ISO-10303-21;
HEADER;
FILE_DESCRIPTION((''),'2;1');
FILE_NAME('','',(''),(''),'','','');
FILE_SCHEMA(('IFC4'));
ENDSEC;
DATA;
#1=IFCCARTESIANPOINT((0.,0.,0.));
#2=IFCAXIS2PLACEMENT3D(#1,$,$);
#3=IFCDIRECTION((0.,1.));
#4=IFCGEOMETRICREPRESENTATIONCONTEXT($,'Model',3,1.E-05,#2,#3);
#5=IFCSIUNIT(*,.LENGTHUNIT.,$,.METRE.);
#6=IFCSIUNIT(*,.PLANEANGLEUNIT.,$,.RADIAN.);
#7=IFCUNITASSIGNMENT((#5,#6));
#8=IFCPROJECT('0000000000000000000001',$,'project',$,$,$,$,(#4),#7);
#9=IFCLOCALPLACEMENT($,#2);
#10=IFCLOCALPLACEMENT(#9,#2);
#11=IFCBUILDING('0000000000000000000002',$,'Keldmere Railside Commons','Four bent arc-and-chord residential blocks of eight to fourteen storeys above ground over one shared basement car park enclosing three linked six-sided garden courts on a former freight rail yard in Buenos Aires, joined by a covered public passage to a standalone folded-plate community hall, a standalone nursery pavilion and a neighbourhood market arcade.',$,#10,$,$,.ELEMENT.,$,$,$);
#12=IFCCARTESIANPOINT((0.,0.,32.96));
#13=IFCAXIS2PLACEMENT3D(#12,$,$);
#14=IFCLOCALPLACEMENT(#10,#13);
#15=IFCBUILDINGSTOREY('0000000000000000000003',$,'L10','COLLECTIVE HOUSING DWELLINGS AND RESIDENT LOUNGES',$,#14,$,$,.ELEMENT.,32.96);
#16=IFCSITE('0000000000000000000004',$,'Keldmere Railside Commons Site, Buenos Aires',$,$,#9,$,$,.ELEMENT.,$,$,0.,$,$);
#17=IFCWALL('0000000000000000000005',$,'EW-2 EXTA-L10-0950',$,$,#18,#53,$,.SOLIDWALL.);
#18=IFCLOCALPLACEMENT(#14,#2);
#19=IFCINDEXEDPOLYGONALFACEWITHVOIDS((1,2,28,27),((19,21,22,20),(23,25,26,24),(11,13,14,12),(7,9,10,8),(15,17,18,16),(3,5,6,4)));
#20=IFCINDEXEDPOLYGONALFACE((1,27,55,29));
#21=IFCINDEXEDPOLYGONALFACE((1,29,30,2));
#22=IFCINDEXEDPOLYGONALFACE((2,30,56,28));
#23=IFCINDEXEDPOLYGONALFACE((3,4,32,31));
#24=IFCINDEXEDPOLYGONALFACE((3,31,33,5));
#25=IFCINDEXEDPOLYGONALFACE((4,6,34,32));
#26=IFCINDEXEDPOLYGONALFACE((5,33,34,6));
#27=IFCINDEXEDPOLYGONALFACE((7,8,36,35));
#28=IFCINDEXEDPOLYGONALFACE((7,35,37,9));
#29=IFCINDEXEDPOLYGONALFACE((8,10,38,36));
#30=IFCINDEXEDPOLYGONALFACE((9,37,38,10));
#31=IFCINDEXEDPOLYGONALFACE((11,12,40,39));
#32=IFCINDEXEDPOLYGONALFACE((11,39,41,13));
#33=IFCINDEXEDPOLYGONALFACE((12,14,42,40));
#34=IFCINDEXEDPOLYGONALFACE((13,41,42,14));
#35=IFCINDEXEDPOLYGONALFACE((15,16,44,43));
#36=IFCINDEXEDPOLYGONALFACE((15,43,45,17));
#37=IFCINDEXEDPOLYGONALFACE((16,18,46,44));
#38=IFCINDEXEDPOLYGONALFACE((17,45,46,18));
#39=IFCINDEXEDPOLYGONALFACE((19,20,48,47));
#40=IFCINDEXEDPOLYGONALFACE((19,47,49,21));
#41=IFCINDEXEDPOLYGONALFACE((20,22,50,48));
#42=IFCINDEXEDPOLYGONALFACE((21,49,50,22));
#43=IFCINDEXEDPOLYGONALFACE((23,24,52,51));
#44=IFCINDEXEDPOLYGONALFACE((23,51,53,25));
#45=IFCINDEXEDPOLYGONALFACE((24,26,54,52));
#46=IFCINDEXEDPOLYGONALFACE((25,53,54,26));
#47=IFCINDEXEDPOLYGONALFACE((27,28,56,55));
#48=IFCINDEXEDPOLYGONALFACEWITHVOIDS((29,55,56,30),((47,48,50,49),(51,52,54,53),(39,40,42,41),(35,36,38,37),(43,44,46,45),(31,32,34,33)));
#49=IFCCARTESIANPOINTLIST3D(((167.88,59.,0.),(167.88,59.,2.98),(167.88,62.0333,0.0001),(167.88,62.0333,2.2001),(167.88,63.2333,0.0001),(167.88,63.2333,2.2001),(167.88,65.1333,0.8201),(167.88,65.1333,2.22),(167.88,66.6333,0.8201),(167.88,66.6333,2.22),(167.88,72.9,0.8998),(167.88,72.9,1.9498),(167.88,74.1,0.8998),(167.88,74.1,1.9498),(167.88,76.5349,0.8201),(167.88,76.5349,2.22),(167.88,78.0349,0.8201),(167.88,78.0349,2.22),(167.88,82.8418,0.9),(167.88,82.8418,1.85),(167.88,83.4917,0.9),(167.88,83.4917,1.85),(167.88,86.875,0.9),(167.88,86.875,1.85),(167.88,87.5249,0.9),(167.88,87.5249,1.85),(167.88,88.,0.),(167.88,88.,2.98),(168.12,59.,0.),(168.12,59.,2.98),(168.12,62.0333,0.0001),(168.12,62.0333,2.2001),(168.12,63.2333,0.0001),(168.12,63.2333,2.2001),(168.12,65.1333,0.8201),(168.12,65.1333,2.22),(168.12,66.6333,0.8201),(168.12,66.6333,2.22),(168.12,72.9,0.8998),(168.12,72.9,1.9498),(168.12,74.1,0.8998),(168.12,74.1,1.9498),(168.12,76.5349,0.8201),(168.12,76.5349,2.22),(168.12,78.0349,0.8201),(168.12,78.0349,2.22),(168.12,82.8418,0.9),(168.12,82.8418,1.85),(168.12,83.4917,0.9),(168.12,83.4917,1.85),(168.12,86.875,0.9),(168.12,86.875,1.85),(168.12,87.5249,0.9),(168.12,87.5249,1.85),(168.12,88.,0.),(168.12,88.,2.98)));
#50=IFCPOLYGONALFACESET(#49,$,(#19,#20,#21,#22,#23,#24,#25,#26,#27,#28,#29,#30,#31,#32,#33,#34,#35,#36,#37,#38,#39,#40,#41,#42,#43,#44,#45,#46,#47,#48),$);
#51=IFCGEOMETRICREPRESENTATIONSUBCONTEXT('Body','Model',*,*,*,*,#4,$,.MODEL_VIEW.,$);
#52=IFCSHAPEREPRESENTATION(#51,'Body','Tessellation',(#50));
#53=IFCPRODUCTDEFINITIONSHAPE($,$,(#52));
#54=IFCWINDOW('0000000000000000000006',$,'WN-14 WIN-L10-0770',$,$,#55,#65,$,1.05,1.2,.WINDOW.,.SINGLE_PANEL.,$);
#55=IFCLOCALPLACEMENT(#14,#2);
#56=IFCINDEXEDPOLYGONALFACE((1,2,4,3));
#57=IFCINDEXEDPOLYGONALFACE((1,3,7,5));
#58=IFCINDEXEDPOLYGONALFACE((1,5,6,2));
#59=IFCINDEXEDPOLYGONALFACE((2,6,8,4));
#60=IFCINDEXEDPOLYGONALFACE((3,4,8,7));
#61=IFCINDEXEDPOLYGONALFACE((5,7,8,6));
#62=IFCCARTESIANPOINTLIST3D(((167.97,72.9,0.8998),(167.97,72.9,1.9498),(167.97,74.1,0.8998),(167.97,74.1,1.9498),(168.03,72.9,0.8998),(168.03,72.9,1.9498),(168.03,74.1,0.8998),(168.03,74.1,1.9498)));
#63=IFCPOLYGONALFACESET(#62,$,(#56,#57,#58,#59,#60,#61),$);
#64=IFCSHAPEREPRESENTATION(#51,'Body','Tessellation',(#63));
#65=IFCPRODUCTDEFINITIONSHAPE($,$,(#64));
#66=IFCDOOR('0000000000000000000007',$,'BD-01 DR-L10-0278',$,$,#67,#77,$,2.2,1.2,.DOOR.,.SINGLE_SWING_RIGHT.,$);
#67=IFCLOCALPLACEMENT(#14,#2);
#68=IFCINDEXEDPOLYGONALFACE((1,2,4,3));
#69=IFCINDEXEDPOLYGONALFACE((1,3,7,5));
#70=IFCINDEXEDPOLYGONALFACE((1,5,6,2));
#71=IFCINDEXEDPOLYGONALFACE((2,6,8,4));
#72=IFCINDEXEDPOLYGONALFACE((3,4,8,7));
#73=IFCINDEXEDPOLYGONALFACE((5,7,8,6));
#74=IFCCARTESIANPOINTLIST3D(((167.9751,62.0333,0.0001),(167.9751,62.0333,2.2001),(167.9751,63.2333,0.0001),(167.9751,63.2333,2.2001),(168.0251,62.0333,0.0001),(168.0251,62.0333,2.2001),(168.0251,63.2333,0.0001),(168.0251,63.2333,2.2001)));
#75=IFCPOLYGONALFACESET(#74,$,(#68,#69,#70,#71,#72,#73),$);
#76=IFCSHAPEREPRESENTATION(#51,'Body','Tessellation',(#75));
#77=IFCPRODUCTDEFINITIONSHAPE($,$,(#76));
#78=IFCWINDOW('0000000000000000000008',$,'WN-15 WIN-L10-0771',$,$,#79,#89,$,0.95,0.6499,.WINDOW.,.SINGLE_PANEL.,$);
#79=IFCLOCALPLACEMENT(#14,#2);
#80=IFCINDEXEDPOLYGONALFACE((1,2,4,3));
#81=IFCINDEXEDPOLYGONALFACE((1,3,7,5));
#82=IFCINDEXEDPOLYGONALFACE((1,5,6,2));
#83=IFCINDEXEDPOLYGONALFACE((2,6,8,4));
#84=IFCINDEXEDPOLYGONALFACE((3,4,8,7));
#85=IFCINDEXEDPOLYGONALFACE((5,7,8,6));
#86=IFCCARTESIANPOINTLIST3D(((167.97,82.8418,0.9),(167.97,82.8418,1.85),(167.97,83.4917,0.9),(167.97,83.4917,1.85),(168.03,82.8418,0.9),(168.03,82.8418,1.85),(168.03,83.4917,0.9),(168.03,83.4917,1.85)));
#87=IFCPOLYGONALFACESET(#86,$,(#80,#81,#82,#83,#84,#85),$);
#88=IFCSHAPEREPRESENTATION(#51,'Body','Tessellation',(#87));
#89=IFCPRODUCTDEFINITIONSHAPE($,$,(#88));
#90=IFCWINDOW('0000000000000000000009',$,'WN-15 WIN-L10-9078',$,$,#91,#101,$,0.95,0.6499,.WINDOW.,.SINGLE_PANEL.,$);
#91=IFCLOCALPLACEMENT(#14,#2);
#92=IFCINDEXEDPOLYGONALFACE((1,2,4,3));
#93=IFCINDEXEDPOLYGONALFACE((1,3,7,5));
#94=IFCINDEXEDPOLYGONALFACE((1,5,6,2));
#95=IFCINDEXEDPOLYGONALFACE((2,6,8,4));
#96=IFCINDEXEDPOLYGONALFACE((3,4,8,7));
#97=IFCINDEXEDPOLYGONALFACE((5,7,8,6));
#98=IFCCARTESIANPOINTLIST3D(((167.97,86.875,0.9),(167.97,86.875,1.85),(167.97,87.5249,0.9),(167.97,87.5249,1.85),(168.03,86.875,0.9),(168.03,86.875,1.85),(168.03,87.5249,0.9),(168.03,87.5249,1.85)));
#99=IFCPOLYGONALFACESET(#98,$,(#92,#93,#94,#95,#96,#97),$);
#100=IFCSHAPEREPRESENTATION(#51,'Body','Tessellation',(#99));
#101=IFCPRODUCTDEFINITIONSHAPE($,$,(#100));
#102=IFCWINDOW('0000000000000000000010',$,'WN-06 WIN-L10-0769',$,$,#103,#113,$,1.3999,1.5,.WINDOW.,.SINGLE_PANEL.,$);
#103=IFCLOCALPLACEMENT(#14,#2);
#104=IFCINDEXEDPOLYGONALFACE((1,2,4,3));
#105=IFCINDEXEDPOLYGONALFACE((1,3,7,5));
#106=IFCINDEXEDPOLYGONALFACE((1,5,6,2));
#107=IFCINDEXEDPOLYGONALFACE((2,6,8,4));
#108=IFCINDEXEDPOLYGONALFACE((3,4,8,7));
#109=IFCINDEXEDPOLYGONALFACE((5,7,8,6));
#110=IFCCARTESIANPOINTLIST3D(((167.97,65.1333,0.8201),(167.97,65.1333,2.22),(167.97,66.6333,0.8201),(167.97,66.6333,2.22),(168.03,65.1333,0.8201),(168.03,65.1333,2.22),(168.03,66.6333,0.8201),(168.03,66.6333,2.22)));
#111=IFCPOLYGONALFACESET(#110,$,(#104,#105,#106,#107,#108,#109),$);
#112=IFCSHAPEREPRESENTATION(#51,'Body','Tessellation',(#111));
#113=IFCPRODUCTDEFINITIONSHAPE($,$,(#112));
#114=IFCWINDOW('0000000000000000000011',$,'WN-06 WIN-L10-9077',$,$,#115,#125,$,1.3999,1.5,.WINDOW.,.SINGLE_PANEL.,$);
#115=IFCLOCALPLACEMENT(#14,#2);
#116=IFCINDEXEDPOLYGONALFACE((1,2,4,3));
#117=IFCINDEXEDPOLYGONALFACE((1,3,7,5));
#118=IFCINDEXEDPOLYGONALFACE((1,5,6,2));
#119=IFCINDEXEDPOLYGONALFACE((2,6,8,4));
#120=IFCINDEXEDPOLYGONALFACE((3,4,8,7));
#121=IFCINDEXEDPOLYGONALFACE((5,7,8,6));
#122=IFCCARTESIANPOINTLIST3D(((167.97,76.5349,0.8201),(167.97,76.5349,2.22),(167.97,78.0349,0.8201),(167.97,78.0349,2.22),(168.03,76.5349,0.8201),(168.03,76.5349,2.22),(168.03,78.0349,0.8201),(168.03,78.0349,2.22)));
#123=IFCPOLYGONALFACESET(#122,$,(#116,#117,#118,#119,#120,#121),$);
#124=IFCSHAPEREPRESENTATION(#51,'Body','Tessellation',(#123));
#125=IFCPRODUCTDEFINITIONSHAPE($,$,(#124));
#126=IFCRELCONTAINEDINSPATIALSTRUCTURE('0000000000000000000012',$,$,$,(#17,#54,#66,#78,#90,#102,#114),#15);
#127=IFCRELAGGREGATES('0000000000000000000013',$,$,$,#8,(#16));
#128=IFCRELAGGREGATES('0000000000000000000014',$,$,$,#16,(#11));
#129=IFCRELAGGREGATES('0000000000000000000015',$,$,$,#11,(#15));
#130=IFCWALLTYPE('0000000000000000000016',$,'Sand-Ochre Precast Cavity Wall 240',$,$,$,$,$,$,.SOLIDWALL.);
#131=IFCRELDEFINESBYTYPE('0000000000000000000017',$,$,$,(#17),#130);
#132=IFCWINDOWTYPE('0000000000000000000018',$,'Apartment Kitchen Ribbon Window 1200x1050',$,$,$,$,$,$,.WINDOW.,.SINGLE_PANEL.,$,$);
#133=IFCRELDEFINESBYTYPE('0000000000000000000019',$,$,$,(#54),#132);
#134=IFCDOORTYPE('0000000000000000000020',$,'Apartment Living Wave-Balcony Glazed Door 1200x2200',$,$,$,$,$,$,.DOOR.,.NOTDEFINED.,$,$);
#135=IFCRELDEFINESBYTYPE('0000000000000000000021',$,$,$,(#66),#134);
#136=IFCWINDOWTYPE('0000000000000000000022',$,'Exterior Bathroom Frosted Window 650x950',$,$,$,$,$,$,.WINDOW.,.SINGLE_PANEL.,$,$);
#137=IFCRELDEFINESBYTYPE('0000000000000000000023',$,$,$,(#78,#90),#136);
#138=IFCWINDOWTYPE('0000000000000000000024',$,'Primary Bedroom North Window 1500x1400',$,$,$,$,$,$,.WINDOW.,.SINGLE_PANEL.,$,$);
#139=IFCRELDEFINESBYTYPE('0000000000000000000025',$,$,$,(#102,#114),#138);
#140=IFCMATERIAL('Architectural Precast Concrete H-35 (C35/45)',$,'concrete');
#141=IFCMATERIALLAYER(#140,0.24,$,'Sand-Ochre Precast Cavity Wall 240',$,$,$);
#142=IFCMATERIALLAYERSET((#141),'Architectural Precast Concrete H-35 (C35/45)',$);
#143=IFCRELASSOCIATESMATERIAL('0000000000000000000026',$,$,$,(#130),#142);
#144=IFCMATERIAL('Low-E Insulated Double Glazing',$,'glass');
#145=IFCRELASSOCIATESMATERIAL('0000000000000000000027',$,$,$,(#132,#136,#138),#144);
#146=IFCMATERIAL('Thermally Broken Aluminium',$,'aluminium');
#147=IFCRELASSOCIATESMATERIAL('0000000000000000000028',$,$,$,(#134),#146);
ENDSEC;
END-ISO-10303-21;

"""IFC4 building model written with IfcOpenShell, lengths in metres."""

from ifc_helpers import new_model, si_unit, direction, frame, frame_2d, origin, place, context, subcontext, project, spatial, rectangle, extrude, material, layer, layer_set, type_object, element, fill, save


model = new_model("IFC4")

# Units and contexts
model_context = context("Model", 3, precision=1e-05, world=origin(), true_north=direction((0.0, 1.0)))
body_context = subcontext(model_context, "Body", "Model", "MODEL_VIEW")
ifc_project = project(units=[si_unit("LENGTHUNIT", "METRE"), si_unit("PLANEANGLEUNIT", "RADIAN")], contexts=[model_context])

# Site, building, storey
site_placement = place(None, origin())
site = spatial("IfcSite", under=ifc_project, at=site_placement, Name="Keldmere Railside Commons Site, Buenos Aires", CompositionType="ELEMENT", RefElevation=0.0)
building_placement = place(site_placement, origin())
building = spatial("IfcBuilding", under=site, at=building_placement, Name="Keldmere Railside Commons", Description="Four bent arc-and-chord residential blocks of eight to fourteen storeys above ground over one shared basement car park enclosing three linked six-sided garden courts on a former freight rail yard in Buenos Aires, joined by a covered public passage to a standalone folded-plate community hall, a standalone nursery pavilion and a neighbourhood market arcade.", CompositionType="ELEMENT")
storey_placement = place(building_placement, frame((0.0, 0.0, 32.96)))
storey = spatial("IfcBuildingStorey", under=building, at=storey_placement, Name="L10", Description="COLLECTIVE HOUSING DWELLINGS AND RESIDENT LOUNGES", CompositionType="ELEMENT", Elevation=32.96)

# Wall, openings, windows, door
ifc_material_1 = material(Name="Architectural Precast Concrete H-35 (C35/45)", Category="concrete")
ifc_layer_1 = layer(ifc_material_1, 0.24, Name="Sand-Ochre Precast Cavity Wall 240")
ifc_layer_set_1 = layer_set([ifc_layer_1], Name="Architectural Precast Concrete H-35 (C35/45)")
wall_type_1 = type_object("IfcWallType", Name="Sand-Ochre Precast Cavity Wall 240", PredefinedType="SOLIDWALL", material=ifc_layer_set_1)
wall_1_placement = place(storey_placement, frame((168.0, 59.0, 0.0), z_axis=(0.0, 0.0, 1.0), x_axis=(0.0, 1.0, 0.0)))
wall_1 = element("IfcWall", 1, at=wall_1_placement, inside=storey, type_object=wall_type_1, Name="EW-2 EXTA-L10-0950", PredefinedType="SOLIDWALL", context=body_context, shape_type="SweptSolid", body=[
    extrude(rectangle(XDim=29.0, YDim=0.24, at=frame_2d((14.5, 0.0))), origin(), (0.0, 0.0, 1.0), 2.98),
])
opening_1_placement = place(wall_1_placement, frame((3.0332, 0.0, 0.0)))
opening_1 = element("IfcOpeningElement", 2, at=opening_1_placement, cuts=wall_1, PredefinedType="OPENING", context=body_context, shape_type="SweptSolid", body=[
    extrude(rectangle(XDim=1.2, YDim=2.2, at=frame_2d((0.6001, 1.1001))), frame((0.0, 0.1299, 0.0), z_axis=(0.0, -1.0, 0.0), x_axis=(1.0, 0.0, 0.0)), (0.0, 0.0, 1.0), 0.26),
])
opening_2_placement = place(wall_1_placement, frame((6.1333, 0.0, 0.8201)))
opening_2 = element("IfcOpeningElement", 3, at=opening_2_placement, cuts=wall_1, PredefinedType="OPENING", context=body_context, shape_type="SweptSolid", body=[
    extrude(rectangle(XDim=1.5, YDim=1.3999, at=frame_2d((0.75, 0.7))), frame((0.0, 0.1299, 0.0), z_axis=(0.0, -1.0, 0.0), x_axis=(1.0, 0.0, 0.0)), (0.0, 0.0, 1.0), 0.26),
])
opening_3_placement = place(wall_1_placement, frame((13.8999, 0.0, 0.8999)))
opening_3 = element("IfcOpeningElement", 4, at=opening_3_placement, cuts=wall_1, PredefinedType="OPENING", context=body_context, shape_type="SweptSolid", body=[
    extrude(rectangle(XDim=1.2, YDim=1.05, at=frame_2d((0.6001, 0.5249))), frame((0.0, 0.1299, 0.0), z_axis=(0.0, -1.0, 0.0), x_axis=(1.0, 0.0, 0.0)), (0.0, 0.0, 1.0), 0.26),
])
opening_4_placement = place(wall_1_placement, frame((23.8418, 0.0, 0.8999)))
opening_4 = element("IfcOpeningElement", 5, at=opening_4_placement, cuts=wall_1, PredefinedType="OPENING", context=body_context, shape_type="SweptSolid", body=[
    extrude(rectangle(XDim=0.6499, YDim=0.95, at=frame_2d((0.325, 0.4751))), frame((0.0, 0.1299, 0.0), z_axis=(0.0, -1.0, 0.0), x_axis=(1.0, 0.0, 0.0)), (0.0, 0.0, 1.0), 0.26),
])
opening_5_placement = place(wall_1_placement, frame((17.5349, 0.0, 0.8201)))
opening_5 = element("IfcOpeningElement", 6, at=opening_5_placement, cuts=wall_1, PredefinedType="OPENING", context=body_context, shape_type="SweptSolid", body=[
    extrude(rectangle(XDim=1.5, YDim=1.3999, at=frame_2d((0.75, 0.7))), frame((0.0, 0.1299, 0.0), z_axis=(0.0, -1.0, 0.0), x_axis=(1.0, 0.0, 0.0)), (0.0, 0.0, 1.0), 0.26),
])
opening_6_placement = place(wall_1_placement, frame((27.875, 0.0, 0.8999)))
opening_6 = element("IfcOpeningElement", 7, at=opening_6_placement, cuts=wall_1, PredefinedType="OPENING", context=body_context, shape_type="SweptSolid", body=[
    extrude(rectangle(XDim=0.6499, YDim=0.95, at=frame_2d((0.325, 0.4751))), frame((0.0, 0.1299, 0.0), z_axis=(0.0, -1.0, 0.0), x_axis=(1.0, 0.0, 0.0)), (0.0, 0.0, 1.0), 0.26),
])
ifc_material_2 = material(Name="Low-E Insulated Double Glazing", Category="glass")
window_type_1 = type_object("IfcWindowType", Name="Apartment Kitchen Ribbon Window 1200x1050", PartitioningType="SINGLE_PANEL", PredefinedType="WINDOW", material=ifc_material_2)
window_1_placement = place(opening_3_placement, origin())
window_1 = element("IfcWindow", 8, at=window_1_placement, inside=storey, type_object=window_type_1, Name="WN-14 WIN-L10-0770", OverallHeight=1.05, OverallWidth=1.2, PartitioningType="SINGLE_PANEL", PredefinedType="WINDOW", context=body_context, shape_type="SweptSolid", body=[
    extrude(rectangle(XDim=1.2, YDim=1.05, at=frame_2d((0.6001, 0.5249))), frame((0.0, 0.03, 0.0), z_axis=(0.0, -1.0, 0.0), x_axis=(1.0, 0.0, 0.0)), (0.0, 0.0, 1.0), 0.0601),
])
fill(opening_3, window_1)
ifc_material_3 = material(Name="Thermally Broken Aluminium", Category="aluminium")
door_type_1 = type_object("IfcDoorType", Name="Apartment Living Wave-Balcony Glazed Door 1200x2200", OperationType="NOTDEFINED", PredefinedType="DOOR", material=ifc_material_3)
door_1_placement = place(opening_1_placement, origin())
door_1 = element("IfcDoor", 9, at=door_1_placement, inside=storey, type_object=door_type_1, Name="BD-01 DR-L10-0278", OperationType="SINGLE_SWING_RIGHT", OverallHeight=2.2, OverallWidth=1.2, PredefinedType="DOOR", context=body_context, shape_type="SweptSolid", body=[
    extrude(rectangle(XDim=1.2, YDim=2.2, at=frame_2d((0.6001, 1.1001))), frame((0.0, 0.0249, 0.0), z_axis=(0.0, -1.0, 0.0), x_axis=(1.0, 0.0, 0.0)), (0.0, 0.0, 1.0), 0.05),
])
fill(opening_1, door_1)
window_type_2 = type_object("IfcWindowType", Name="Exterior Bathroom Frosted Window 650x950", PartitioningType="SINGLE_PANEL", PredefinedType="WINDOW", material=ifc_material_2)
window_2_placement = place(opening_4_placement, origin())
window_2 = element("IfcWindow", 10, at=window_2_placement, inside=storey, type_object=window_type_2, Name="WN-15 WIN-L10-0771", OverallHeight=0.95, OverallWidth=0.6499, PartitioningType="SINGLE_PANEL", PredefinedType="WINDOW", context=body_context, shape_type="SweptSolid", body=[
    extrude(rectangle(XDim=0.6499, YDim=0.95, at=frame_2d((0.325, 0.4751))), frame((0.0, 0.03, 0.0), z_axis=(0.0, -1.0, 0.0), x_axis=(1.0, 0.0, 0.0)), (0.0, 0.0, 1.0), 0.0601),
])
fill(opening_4, window_2)
window_3_placement = place(opening_6_placement, origin())
window_3 = element("IfcWindow", 11, at=window_3_placement, inside=storey, type_object=window_type_2, Name="WN-15 WIN-L10-9078", OverallHeight=0.95, OverallWidth=0.6499, PartitioningType="SINGLE_PANEL", PredefinedType="WINDOW", context=body_context, shape_type="SweptSolid", body=[
    extrude(rectangle(XDim=0.6499, YDim=0.95, at=frame_2d((0.325, 0.4751))), frame((0.0, 0.03, 0.0), z_axis=(0.0, -1.0, 0.0), x_axis=(1.0, 0.0, 0.0)), (0.0, 0.0, 1.0), 0.0601),
])
fill(opening_6, window_3)
window_type_3 = type_object("IfcWindowType", Name="Primary Bedroom North Window 1500x1400", PartitioningType="SINGLE_PANEL", PredefinedType="WINDOW", material=ifc_material_2)
window_4_placement = place(opening_2_placement, origin())
window_4 = element("IfcWindow", 12, at=window_4_placement, inside=storey, type_object=window_type_3, Name="WN-06 WIN-L10-0769", OverallHeight=1.3999, OverallWidth=1.5, PartitioningType="SINGLE_PANEL", PredefinedType="WINDOW", context=body_context, shape_type="SweptSolid", body=[
    extrude(rectangle(XDim=1.5, YDim=1.3999, at=frame_2d((0.75, 0.7))), frame((0.0, 0.03, 0.0), z_axis=(0.0, -1.0, 0.0), x_axis=(1.0, 0.0, 0.0)), (0.0, 0.0, 1.0), 0.0601),
])
fill(opening_2, window_4)
window_5_placement = place(opening_5_placement, origin())
window_5 = element("IfcWindow", 13, at=window_5_placement, inside=storey, type_object=window_type_3, Name="WN-06 WIN-L10-9077", OverallHeight=1.3999, OverallWidth=1.5, PartitioningType="SINGLE_PANEL", PredefinedType="WINDOW", context=body_context, shape_type="SweptSolid", body=[
    extrude(rectangle(XDim=1.5, YDim=1.3999, at=frame_2d((0.75, 0.7))), frame((0.0, 0.03, 0.0), z_axis=(0.0, -1.0, 0.0), x_axis=(1.0, 0.0, 0.0)), (0.0, 0.0, 1.0), 0.0601),
])
fill(opening_5, window_5)

save(model, "model.ifc")
